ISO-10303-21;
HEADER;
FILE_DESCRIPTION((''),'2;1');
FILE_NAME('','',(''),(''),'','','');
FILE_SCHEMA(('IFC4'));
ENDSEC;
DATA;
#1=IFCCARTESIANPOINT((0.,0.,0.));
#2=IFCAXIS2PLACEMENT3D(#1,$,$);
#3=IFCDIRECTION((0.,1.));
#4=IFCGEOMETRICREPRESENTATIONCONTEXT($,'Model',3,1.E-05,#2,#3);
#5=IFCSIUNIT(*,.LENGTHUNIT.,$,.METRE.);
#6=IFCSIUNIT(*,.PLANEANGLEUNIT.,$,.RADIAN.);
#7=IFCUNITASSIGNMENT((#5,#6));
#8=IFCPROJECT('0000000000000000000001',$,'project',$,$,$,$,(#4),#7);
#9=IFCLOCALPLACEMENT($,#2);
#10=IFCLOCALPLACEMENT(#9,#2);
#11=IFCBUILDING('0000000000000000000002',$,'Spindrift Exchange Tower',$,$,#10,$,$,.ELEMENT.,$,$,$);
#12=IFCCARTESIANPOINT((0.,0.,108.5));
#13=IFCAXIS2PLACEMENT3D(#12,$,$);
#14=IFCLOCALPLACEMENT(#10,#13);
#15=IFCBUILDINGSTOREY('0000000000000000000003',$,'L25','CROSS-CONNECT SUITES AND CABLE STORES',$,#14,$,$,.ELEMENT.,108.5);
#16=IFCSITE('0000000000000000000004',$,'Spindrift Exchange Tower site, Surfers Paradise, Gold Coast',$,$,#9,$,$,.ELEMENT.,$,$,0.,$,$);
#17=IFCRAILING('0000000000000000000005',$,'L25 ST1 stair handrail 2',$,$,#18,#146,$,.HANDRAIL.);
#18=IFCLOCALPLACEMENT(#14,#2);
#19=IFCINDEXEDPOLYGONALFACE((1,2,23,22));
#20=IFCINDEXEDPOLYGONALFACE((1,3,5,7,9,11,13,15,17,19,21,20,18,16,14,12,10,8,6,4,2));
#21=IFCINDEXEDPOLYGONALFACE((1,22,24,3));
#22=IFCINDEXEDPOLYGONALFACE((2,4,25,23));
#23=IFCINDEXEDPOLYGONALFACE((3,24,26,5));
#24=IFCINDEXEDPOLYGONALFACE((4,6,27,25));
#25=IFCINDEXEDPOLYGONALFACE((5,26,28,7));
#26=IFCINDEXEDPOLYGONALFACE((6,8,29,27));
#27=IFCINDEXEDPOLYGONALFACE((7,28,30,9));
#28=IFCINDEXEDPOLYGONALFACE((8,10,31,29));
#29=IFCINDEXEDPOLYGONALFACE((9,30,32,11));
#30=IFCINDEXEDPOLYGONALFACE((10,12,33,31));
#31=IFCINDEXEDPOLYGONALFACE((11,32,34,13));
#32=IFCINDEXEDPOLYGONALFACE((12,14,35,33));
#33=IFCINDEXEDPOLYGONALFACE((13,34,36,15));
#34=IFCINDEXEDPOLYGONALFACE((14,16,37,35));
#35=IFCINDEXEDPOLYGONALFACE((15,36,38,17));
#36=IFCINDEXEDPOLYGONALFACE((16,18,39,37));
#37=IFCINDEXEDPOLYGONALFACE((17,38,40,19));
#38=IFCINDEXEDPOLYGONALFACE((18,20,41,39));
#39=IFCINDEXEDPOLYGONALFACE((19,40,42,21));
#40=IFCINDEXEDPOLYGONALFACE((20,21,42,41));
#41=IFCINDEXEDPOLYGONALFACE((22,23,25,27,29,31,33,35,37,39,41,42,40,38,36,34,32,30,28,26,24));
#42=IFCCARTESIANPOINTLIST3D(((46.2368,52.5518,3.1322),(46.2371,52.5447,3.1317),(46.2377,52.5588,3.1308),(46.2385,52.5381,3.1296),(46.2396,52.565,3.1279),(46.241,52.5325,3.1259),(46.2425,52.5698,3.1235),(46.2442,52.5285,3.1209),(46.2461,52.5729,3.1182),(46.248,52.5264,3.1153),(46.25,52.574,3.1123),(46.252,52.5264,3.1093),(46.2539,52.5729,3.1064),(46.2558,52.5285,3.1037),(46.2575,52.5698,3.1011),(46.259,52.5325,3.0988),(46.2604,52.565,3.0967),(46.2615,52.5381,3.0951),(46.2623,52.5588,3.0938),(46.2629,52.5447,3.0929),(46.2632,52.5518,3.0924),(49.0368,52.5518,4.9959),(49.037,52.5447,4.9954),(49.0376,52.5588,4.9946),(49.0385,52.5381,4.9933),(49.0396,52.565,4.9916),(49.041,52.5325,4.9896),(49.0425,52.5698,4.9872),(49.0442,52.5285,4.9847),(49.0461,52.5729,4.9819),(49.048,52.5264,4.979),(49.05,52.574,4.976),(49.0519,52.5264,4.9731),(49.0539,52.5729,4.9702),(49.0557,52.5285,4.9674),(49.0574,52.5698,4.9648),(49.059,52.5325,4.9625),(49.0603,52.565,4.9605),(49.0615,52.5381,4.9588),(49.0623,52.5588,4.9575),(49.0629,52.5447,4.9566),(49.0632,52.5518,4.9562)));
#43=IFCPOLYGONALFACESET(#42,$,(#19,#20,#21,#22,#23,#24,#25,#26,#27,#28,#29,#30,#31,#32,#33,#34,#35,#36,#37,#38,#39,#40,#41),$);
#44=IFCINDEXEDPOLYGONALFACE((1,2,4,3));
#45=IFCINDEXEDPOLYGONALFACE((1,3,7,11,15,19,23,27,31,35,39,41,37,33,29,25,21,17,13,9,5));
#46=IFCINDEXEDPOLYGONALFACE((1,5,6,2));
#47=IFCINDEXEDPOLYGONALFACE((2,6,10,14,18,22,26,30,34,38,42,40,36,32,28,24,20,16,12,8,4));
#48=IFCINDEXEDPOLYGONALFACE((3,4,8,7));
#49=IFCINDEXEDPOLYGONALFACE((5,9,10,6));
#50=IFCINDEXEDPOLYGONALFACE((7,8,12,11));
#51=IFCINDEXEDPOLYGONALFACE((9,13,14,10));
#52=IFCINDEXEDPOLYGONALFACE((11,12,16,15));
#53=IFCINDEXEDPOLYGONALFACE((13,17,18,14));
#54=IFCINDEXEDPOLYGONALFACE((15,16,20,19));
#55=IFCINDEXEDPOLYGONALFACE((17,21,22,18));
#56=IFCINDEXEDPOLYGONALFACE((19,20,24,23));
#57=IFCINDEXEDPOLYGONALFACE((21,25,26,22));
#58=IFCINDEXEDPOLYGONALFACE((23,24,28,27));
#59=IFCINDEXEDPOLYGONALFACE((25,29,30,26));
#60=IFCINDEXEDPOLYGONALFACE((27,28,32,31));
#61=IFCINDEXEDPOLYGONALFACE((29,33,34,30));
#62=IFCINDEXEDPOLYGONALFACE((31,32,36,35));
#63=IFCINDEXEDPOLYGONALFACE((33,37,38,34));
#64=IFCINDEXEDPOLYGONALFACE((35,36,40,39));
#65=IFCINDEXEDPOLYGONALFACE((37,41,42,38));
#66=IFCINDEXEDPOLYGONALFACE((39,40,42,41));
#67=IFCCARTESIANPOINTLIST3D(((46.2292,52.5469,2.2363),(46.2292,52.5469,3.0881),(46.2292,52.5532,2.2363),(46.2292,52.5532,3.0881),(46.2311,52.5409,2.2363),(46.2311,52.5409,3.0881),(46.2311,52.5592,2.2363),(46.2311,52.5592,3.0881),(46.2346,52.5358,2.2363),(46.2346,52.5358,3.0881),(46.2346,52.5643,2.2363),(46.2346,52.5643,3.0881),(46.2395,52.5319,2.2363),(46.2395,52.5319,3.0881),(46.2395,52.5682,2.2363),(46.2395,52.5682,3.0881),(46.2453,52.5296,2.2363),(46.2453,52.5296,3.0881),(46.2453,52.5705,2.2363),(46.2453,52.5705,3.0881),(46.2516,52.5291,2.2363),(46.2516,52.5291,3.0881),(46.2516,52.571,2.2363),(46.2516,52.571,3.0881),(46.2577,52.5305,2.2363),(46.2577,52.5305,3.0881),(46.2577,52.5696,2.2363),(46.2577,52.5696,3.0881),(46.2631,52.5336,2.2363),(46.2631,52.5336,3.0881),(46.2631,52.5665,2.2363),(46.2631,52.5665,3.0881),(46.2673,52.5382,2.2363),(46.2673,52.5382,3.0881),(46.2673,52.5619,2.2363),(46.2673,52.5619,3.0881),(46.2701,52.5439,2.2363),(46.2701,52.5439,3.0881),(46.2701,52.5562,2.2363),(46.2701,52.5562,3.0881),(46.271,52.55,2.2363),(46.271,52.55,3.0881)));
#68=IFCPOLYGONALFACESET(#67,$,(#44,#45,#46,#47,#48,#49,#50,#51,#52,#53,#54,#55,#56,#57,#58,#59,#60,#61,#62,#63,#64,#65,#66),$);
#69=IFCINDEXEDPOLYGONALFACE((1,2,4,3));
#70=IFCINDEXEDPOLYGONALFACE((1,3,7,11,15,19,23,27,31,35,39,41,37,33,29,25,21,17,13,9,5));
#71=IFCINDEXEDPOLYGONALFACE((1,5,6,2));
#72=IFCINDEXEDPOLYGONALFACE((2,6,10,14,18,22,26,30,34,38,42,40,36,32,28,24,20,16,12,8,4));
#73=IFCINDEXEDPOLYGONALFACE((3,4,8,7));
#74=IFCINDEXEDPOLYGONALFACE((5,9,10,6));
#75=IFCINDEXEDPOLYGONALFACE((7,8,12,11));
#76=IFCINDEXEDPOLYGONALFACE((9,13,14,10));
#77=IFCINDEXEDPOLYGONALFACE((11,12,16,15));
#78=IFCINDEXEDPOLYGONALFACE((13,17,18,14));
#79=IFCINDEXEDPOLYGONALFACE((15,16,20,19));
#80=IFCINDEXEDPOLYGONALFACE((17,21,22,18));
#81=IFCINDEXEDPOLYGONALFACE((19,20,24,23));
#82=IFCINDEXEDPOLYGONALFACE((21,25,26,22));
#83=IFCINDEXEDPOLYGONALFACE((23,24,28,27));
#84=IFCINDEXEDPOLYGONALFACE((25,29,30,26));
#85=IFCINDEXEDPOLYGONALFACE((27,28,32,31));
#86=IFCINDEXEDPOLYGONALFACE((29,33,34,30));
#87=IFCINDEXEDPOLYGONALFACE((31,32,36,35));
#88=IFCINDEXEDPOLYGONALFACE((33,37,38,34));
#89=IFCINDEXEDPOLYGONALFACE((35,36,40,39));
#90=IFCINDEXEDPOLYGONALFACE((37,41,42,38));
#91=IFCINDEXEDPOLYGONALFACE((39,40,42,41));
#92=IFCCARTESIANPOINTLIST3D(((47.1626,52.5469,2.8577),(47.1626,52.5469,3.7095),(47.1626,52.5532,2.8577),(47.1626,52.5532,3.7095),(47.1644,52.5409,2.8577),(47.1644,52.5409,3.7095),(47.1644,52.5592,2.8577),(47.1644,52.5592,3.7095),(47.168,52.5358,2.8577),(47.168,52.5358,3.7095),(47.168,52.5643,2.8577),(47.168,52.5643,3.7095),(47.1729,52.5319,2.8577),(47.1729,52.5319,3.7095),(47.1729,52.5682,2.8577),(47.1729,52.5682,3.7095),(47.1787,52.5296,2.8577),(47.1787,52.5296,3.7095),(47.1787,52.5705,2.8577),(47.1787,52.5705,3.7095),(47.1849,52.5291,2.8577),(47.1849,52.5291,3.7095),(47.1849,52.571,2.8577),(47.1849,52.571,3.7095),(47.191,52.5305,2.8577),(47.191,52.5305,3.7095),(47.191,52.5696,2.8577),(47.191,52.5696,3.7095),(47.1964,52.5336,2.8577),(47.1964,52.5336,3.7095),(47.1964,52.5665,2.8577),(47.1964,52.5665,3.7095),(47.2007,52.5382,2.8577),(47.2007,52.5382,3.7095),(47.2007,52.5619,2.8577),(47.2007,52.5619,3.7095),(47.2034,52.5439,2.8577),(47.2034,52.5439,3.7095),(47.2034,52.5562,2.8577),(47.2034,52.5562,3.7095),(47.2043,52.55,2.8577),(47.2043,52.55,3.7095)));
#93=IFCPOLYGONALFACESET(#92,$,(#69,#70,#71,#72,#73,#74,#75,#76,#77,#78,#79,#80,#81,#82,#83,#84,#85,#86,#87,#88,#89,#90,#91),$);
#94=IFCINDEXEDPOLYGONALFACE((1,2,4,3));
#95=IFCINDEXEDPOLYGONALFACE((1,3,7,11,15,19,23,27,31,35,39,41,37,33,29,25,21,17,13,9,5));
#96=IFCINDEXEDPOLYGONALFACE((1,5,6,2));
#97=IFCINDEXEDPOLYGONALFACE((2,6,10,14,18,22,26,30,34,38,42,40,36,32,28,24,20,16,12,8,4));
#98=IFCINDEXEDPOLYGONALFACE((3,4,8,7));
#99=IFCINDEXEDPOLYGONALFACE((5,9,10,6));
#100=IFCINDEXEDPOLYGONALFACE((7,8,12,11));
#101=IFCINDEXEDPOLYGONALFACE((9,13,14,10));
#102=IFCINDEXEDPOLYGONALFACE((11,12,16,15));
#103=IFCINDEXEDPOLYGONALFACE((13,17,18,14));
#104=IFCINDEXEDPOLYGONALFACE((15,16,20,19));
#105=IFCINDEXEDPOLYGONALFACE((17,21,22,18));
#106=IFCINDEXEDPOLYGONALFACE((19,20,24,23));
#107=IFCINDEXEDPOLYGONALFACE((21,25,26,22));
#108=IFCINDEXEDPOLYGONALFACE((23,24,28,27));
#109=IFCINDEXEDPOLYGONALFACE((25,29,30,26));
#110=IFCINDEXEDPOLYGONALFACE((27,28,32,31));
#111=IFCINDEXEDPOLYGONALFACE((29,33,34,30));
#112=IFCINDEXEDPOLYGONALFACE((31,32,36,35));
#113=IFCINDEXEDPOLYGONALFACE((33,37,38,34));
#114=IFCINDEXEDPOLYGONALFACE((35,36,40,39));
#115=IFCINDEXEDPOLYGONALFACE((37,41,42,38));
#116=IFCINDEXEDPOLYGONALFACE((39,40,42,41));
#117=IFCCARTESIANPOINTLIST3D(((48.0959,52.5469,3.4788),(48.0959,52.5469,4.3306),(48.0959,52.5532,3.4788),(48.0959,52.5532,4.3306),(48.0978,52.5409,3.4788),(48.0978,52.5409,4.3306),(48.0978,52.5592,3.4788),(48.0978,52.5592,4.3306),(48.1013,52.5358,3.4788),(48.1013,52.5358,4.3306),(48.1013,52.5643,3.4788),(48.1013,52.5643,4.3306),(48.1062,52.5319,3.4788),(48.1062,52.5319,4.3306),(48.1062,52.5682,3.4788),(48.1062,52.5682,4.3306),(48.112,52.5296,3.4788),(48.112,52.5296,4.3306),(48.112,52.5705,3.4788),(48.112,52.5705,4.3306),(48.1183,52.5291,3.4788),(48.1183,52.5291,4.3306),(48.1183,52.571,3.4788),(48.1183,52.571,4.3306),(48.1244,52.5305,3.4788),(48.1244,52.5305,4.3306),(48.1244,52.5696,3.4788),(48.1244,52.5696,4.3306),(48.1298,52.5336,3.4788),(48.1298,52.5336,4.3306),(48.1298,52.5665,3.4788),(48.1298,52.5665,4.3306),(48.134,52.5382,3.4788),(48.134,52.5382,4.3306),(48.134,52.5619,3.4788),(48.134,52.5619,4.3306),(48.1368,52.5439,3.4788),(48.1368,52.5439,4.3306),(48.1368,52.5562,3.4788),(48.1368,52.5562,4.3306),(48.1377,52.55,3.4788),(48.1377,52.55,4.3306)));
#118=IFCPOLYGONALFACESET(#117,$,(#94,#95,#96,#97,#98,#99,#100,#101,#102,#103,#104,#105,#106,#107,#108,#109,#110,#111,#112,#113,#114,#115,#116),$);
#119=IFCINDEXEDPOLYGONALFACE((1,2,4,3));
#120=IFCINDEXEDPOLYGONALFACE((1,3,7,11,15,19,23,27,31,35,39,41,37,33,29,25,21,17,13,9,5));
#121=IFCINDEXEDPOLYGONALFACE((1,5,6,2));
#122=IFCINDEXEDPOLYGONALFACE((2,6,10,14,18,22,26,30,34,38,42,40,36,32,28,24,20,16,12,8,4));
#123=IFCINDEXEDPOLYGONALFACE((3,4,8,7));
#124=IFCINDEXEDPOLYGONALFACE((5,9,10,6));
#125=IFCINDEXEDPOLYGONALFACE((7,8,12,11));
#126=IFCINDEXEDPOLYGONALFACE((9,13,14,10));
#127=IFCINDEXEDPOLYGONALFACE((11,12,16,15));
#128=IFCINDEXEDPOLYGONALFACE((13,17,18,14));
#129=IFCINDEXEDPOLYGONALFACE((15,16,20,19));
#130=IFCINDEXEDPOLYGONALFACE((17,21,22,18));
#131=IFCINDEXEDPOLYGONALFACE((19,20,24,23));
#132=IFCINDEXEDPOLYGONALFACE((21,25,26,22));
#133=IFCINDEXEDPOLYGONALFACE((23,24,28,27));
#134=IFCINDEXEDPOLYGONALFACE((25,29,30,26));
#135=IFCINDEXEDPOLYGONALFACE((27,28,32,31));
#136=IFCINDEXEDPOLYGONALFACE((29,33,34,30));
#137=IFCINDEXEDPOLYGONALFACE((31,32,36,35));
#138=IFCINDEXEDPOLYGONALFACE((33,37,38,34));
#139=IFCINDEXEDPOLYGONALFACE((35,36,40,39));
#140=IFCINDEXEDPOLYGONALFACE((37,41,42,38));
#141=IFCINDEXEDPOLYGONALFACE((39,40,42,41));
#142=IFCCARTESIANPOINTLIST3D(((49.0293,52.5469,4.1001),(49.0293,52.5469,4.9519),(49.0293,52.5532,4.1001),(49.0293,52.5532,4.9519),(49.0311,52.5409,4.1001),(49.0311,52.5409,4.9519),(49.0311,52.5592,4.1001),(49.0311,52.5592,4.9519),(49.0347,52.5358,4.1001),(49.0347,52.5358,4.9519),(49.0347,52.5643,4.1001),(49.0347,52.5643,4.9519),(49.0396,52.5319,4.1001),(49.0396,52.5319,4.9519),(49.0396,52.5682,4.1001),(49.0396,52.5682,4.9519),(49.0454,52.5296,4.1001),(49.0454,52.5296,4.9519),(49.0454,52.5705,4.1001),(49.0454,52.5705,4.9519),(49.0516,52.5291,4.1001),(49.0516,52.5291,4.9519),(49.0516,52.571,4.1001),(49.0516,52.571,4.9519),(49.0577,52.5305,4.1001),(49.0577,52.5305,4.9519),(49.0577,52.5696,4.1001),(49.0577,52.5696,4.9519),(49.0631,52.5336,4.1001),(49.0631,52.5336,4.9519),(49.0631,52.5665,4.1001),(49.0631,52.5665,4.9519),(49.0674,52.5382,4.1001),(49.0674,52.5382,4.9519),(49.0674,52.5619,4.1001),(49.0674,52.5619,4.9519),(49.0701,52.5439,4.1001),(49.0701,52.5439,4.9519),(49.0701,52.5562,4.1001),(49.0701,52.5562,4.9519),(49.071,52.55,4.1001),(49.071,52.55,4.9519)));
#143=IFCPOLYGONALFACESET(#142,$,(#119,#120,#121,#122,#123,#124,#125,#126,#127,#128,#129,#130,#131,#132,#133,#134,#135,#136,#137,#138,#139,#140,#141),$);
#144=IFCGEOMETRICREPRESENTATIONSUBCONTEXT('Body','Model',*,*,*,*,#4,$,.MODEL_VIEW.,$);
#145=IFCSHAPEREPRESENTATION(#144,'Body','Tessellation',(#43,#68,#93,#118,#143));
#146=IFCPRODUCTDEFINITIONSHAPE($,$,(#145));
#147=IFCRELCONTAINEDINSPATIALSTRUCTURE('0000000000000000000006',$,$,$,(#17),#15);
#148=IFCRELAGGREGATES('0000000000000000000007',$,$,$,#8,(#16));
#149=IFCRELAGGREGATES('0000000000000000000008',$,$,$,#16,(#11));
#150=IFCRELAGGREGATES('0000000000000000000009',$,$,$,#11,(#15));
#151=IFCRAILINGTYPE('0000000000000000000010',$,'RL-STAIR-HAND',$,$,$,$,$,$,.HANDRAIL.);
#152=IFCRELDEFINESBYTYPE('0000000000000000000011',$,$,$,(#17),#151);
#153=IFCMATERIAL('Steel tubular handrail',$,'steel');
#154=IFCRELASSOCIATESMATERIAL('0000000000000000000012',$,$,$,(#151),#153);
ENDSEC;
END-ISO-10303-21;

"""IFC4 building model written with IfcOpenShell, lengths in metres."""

from ifc_helpers import new_model, si_unit, direction, frame, origin, origin_2d, place, context, subcontext, project, spatial, circle, extrude, material, type_object, element, save


model = new_model("IFC4")

# Units and contexts
model_context = context("Model", 3, precision=1e-05, world=origin(), true_north=direction((0.0, 1.0)))
body_context = subcontext(model_context, "Body", "Model", "MODEL_VIEW")
ifc_project = project(units=[si_unit("LENGTHUNIT", "METRE"), si_unit("PLANEANGLEUNIT", "RADIAN")], contexts=[model_context])

# Site, building, storey
site_placement = place(None, origin())
site = spatial("IfcSite", under=ifc_project, at=site_placement, Name="Spindrift Exchange Tower site, Surfers Paradise, Gold Coast", CompositionType="ELEMENT", RefElevation=0.0)
building_placement = place(site_placement, origin())
building = spatial("IfcBuilding", under=site, at=building_placement, Name="Spindrift Exchange Tower", CompositionType="ELEMENT")
storey_placement = place(building_placement, frame((0.0, 0.0, 108.5)))
storey = spatial("IfcBuildingStorey", under=building, at=storey_placement, Name="L25", Description="CROSS-CONNECT SUITES AND CABLE STORES", CompositionType="ELEMENT", Elevation=108.5)

# Railing
ifc_material_1 = material(Name="Steel tubular handrail", Category="steel")
railing_type_1 = type_object("IfcRailingType", Name="RL-STAIR-HAND", PredefinedType="HANDRAIL", material=ifc_material_1)
railing_1_placement = place(storey_placement, frame((46.25, 52.55, 2.2363)))
element("IfcRailing", 1, at=railing_1_placement, inside=storey, type_object=railing_type_1, Name="L25 ST1 stair handrail 2", PredefinedType="HANDRAIL", context=body_context, shape_type="SweptSolid", body=[
    extrude(circle(Radius=0.0239, at=origin_2d()), frame((0.0, 0.0, 0.876), z_axis=(0.832452, 0.0, 0.554097), x_axis=(0.0, 1.0, 0.0)), (0.0, 0.0, 1.0), 3.3635),
    extrude(circle(Radius=0.021, at=origin_2d()), origin(), (0.0, 0.0, 1.0), 0.8518),
    extrude(circle(Radius=0.021, at=origin_2d()), frame((0.9333, 0.0, 0.6213)), (0.0, 0.0, 1.0), 0.8518),
    extrude(circle(Radius=0.021, at=origin_2d()), frame((1.8667, 0.0, 1.2424)), (0.0, 0.0, 1.0), 0.8518),
    extrude(circle(Radius=0.021, at=origin_2d()), frame((2.8, 0.0, 1.8638)), (0.0, 0.0, 1.0), 0.8518),
])

save(model, "model.ifc")
